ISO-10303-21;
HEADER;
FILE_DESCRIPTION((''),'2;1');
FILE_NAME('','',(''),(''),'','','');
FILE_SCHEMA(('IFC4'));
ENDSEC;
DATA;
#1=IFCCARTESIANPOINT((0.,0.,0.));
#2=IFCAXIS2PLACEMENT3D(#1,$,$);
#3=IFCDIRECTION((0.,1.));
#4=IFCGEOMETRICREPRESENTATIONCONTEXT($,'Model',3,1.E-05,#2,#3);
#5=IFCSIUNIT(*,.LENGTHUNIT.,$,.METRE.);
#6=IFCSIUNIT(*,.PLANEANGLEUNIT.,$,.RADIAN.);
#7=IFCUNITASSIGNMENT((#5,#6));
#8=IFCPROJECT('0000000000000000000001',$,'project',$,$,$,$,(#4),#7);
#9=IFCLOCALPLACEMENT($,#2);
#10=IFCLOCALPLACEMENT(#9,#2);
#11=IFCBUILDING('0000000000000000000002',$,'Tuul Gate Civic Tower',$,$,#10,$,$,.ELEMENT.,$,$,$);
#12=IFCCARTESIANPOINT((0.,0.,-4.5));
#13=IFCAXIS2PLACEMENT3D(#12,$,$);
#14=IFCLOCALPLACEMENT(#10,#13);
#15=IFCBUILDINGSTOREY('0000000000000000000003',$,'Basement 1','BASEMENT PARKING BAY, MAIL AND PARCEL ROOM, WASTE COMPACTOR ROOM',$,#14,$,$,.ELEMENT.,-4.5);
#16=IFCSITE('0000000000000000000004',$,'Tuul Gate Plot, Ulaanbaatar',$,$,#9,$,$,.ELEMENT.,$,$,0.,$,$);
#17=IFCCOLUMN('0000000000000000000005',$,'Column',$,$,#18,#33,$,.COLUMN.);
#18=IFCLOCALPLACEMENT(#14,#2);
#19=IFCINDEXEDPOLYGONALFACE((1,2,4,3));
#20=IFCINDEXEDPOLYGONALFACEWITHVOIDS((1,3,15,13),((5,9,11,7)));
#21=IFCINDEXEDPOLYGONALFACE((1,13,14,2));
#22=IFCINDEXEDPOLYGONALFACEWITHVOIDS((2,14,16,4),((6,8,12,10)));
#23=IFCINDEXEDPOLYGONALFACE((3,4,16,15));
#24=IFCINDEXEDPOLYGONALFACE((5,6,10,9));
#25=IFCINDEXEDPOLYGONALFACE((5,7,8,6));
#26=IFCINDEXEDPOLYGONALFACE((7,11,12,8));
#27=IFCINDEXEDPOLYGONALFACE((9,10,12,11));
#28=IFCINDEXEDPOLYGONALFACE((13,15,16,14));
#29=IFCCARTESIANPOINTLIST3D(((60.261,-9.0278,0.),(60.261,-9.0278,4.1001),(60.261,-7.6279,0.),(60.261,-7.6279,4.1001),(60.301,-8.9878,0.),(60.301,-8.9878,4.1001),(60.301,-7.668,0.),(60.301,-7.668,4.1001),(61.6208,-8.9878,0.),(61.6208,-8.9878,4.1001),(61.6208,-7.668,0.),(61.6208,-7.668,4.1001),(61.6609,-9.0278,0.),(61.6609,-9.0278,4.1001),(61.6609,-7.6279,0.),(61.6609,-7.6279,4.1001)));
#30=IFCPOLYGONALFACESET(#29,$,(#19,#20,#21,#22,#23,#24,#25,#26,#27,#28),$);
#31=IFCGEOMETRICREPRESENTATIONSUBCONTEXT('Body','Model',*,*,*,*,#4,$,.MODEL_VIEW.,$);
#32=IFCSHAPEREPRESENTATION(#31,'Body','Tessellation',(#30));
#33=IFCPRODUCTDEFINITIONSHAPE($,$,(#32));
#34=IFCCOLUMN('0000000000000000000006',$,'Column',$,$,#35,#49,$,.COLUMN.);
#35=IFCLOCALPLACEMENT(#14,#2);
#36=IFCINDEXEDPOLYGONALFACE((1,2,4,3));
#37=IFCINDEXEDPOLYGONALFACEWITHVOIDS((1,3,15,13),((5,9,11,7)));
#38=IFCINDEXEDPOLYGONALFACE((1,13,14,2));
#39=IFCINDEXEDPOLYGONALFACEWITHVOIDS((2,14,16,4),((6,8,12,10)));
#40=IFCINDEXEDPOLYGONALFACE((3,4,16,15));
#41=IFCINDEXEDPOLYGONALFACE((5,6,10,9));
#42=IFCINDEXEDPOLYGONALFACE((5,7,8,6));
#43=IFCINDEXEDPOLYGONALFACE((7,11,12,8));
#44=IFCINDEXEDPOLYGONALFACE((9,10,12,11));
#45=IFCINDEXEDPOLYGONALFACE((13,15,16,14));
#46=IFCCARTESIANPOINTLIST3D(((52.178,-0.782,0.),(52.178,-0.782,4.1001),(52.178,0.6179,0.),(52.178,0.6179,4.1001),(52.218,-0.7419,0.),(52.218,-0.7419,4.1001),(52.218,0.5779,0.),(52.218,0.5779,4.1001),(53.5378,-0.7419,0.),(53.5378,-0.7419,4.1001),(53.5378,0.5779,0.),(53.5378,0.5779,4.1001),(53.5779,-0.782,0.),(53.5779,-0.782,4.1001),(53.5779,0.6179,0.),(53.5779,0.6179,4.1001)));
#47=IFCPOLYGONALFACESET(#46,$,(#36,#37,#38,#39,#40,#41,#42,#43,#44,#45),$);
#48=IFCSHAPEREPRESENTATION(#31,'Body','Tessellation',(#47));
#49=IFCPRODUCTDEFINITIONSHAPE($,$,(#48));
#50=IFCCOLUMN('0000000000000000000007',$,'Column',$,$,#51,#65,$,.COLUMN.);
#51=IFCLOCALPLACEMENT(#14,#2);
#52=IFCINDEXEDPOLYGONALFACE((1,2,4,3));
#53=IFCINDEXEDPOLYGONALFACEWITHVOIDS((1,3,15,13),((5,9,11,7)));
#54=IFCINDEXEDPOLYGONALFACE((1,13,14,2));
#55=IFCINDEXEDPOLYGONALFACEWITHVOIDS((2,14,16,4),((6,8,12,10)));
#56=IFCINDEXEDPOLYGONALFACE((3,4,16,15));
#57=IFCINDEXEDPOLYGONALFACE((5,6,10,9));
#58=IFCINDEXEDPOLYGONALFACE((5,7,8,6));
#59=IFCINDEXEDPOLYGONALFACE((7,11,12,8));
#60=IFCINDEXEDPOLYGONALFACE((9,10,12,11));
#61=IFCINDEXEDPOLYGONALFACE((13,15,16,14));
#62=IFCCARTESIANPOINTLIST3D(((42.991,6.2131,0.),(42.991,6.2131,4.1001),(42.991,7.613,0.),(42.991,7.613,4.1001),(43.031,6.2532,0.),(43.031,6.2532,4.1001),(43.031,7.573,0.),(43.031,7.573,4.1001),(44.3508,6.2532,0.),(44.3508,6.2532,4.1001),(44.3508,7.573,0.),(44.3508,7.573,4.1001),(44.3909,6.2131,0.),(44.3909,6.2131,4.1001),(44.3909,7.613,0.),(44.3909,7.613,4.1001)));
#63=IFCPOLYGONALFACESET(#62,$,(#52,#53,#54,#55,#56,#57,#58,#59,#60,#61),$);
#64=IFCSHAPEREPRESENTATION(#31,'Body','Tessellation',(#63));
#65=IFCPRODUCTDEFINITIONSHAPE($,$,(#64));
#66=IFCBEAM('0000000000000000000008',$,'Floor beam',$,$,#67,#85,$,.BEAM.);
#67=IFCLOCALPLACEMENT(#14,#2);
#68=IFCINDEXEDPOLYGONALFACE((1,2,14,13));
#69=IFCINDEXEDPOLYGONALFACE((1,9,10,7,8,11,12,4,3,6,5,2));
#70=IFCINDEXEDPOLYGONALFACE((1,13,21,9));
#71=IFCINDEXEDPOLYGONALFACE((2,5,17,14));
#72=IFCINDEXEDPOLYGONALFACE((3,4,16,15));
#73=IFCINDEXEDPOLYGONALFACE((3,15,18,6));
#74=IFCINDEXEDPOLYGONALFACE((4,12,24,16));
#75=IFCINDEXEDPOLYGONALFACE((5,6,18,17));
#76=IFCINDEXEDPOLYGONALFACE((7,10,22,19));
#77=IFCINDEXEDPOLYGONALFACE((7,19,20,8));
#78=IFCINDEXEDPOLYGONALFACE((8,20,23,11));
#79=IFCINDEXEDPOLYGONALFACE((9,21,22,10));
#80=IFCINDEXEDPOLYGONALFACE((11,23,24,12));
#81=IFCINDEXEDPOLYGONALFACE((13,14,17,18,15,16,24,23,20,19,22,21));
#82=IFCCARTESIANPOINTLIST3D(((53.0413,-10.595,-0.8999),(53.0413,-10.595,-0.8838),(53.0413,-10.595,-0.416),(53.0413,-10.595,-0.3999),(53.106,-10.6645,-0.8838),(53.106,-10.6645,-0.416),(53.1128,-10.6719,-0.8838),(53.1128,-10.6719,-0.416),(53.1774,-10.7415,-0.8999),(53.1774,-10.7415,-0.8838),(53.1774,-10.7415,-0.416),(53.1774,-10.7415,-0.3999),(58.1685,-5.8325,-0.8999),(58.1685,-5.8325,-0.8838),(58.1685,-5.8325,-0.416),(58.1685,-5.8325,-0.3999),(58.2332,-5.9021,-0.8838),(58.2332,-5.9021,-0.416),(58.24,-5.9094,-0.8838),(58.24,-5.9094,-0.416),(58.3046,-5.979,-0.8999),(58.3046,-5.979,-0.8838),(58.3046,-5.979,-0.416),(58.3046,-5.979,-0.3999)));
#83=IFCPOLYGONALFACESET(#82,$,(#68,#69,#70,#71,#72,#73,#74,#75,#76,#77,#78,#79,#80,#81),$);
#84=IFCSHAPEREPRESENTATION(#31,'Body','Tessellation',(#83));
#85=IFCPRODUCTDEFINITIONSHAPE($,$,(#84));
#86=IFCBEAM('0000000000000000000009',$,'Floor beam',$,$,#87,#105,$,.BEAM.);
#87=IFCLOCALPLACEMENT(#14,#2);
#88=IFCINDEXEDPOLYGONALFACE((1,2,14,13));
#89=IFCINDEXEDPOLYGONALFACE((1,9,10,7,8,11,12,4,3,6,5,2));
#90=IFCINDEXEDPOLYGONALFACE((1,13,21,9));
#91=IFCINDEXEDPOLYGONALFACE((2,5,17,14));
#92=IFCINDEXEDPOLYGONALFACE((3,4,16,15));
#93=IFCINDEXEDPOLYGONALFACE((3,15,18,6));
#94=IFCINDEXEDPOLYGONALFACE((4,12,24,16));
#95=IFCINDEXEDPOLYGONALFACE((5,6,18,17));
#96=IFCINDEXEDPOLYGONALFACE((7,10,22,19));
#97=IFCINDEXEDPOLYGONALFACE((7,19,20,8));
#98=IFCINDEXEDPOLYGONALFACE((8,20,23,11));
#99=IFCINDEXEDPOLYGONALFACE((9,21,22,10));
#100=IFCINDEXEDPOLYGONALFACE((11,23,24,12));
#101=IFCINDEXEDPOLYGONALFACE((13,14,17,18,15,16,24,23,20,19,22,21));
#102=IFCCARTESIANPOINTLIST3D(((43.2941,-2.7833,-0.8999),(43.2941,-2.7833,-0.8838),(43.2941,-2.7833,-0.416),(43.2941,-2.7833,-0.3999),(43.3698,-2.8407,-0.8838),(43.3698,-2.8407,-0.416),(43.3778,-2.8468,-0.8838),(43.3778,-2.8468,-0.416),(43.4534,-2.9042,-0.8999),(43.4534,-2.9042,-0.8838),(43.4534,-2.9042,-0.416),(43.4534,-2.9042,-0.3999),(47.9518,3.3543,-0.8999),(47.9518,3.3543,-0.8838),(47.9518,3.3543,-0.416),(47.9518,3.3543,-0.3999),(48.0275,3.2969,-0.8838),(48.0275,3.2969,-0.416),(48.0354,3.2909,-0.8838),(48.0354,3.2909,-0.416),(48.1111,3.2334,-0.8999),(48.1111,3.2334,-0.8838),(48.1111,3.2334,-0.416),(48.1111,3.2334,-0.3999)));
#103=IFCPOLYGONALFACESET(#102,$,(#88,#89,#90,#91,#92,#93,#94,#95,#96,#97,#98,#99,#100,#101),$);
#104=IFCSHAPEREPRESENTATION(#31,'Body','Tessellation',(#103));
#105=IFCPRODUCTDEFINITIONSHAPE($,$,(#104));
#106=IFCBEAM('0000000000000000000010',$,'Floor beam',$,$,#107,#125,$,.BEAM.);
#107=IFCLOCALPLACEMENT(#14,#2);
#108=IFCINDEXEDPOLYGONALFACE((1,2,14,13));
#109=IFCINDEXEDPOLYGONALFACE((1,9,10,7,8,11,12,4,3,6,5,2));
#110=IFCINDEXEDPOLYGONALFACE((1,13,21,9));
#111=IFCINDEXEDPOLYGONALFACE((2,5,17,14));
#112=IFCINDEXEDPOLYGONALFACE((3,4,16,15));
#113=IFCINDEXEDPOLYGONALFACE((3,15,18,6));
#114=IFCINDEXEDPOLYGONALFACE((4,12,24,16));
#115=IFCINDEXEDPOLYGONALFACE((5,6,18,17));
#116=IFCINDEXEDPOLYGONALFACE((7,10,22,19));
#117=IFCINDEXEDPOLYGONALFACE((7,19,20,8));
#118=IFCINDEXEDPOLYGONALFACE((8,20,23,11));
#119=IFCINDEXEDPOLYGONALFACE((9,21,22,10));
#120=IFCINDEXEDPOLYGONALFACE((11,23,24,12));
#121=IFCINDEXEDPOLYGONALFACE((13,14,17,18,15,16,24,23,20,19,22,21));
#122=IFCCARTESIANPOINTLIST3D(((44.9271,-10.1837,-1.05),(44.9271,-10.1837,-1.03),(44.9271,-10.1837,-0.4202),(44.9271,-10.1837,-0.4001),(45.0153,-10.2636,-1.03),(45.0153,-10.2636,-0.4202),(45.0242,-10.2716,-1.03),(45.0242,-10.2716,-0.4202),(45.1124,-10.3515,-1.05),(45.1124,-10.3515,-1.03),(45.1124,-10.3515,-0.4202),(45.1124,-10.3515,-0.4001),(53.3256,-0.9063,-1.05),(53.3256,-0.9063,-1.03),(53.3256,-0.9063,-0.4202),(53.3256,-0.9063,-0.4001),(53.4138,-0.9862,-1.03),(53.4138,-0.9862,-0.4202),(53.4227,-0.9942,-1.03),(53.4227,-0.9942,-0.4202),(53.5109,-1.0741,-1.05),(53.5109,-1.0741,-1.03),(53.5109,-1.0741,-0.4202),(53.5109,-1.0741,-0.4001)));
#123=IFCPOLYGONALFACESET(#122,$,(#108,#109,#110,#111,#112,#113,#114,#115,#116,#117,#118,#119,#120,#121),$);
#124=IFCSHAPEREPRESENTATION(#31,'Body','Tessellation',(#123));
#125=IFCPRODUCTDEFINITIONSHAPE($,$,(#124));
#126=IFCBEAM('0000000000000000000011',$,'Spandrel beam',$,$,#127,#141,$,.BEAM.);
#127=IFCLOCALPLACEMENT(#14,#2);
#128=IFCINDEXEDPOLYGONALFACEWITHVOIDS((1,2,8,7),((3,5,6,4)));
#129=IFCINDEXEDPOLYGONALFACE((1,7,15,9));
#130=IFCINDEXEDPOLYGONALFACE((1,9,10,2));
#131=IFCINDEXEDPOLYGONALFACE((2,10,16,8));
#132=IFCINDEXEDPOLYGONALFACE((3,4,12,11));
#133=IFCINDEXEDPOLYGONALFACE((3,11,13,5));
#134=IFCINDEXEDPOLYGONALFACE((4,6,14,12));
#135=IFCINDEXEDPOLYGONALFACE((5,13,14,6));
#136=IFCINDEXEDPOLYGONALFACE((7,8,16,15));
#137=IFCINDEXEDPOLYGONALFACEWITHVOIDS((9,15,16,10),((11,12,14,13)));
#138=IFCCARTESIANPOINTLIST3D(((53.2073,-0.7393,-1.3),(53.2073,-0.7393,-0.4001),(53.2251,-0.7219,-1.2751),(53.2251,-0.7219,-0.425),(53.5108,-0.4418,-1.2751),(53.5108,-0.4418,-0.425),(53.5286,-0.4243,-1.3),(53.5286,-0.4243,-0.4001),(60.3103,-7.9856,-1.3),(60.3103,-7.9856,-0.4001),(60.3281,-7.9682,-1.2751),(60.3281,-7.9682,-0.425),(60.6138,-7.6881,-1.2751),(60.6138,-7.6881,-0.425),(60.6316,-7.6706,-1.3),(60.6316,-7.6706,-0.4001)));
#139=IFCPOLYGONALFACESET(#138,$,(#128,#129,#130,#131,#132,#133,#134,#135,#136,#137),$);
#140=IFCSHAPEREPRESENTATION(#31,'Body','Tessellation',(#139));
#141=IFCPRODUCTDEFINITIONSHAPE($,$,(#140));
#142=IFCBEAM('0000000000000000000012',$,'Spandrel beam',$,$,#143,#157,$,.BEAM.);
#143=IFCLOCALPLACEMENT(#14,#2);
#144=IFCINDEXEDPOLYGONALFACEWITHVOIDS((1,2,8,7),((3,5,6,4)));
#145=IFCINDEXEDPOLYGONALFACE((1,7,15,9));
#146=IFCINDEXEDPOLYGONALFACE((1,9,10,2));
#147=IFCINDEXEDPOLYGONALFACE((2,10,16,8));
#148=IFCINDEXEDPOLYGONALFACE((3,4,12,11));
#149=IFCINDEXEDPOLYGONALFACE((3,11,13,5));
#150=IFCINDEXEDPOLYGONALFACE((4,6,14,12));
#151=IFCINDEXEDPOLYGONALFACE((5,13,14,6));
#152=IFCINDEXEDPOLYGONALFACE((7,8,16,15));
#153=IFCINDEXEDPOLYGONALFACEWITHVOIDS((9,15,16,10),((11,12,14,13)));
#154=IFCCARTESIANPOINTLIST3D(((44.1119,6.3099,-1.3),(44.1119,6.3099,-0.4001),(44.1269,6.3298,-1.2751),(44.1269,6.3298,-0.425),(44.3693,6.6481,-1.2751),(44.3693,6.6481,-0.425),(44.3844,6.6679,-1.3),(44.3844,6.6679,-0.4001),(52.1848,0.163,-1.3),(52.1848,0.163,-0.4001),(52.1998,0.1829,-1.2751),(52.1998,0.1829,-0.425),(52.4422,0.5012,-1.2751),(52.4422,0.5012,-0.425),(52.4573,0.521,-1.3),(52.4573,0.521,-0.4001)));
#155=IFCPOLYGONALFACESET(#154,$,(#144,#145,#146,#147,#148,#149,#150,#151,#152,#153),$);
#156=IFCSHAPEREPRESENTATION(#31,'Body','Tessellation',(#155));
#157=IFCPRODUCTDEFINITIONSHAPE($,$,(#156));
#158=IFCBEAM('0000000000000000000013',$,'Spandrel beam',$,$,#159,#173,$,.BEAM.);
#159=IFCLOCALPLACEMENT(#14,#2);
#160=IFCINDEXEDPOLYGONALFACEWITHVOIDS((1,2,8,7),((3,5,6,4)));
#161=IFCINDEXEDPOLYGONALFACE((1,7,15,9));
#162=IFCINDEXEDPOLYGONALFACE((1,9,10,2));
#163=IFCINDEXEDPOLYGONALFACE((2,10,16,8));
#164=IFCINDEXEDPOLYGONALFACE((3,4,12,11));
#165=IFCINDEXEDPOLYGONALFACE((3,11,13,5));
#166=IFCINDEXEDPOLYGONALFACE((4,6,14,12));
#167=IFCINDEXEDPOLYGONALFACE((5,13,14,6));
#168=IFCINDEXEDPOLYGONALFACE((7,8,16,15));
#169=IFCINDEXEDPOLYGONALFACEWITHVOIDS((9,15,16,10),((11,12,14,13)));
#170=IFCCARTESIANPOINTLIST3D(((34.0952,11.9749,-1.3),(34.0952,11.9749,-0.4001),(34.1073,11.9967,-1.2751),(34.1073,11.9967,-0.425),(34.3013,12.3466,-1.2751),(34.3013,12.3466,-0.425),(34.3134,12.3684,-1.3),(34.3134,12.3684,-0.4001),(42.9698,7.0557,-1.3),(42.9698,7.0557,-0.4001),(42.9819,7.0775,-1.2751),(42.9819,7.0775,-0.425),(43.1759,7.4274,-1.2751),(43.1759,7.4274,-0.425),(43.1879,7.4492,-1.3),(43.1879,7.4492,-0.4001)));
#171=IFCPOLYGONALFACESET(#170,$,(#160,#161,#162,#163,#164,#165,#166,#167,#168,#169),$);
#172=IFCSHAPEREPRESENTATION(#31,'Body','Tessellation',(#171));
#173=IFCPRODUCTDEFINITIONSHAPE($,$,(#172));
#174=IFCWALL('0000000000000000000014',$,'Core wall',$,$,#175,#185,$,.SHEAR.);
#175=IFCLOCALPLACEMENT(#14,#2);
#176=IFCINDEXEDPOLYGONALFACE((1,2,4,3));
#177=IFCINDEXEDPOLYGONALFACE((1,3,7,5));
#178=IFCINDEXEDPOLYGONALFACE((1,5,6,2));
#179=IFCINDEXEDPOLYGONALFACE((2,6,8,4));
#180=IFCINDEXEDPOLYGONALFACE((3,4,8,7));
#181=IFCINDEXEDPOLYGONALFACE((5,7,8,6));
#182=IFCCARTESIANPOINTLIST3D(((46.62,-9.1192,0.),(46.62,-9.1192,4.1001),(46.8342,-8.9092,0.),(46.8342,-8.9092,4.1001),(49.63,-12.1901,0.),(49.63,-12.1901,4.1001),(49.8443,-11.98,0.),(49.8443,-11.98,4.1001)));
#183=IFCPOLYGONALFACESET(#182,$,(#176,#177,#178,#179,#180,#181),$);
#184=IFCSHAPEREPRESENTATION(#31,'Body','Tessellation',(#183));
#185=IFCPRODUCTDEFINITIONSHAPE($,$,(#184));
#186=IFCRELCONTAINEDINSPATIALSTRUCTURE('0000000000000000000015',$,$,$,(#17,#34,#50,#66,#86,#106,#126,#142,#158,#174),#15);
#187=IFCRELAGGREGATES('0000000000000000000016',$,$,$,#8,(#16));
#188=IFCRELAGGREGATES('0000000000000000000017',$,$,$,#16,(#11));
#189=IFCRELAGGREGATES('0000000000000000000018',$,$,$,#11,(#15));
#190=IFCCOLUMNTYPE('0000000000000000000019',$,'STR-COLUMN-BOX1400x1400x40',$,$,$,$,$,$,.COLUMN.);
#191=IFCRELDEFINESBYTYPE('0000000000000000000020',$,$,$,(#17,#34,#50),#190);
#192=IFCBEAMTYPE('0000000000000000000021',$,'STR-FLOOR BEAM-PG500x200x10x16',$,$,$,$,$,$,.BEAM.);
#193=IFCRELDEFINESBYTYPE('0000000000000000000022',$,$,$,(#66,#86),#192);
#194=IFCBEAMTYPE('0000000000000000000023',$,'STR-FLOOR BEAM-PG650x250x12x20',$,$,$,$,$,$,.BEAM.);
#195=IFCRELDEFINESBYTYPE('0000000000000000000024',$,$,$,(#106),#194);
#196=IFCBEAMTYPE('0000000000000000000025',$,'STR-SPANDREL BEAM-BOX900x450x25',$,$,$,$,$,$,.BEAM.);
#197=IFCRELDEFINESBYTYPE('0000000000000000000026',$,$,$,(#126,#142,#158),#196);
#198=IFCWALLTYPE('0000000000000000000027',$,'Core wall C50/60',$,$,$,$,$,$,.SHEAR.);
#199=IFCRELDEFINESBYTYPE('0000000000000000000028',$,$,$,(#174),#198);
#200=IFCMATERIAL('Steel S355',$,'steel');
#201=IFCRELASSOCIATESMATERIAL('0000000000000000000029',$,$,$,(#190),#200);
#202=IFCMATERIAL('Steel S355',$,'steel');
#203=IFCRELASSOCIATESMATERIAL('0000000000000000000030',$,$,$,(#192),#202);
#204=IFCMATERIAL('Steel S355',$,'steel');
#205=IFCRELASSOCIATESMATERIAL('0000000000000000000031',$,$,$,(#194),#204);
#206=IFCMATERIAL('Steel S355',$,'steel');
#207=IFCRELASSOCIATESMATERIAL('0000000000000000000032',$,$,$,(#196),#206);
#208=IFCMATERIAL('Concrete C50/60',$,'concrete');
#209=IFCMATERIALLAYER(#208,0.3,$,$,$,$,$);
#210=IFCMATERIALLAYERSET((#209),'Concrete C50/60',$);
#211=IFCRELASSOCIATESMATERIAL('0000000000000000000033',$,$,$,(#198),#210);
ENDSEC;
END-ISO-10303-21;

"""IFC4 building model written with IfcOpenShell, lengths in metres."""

from ifc_helpers import new_model, si_unit, direction, frame, frame_2d, origin, origin_2d, place, context, subcontext, project, spatial, rectangle, hollow_rectangle, i_section, extrude, material, layer, layer_set, material_profile, profile_set, type_object, element, save


model = new_model("IFC4")

# Units and contexts
model_context = context("Model", 3, precision=1e-05, world=origin(), true_north=direction((0.0, 1.0)))
body_context = subcontext(model_context, "Body", "Model", "MODEL_VIEW")
ifc_project = project(units=[si_unit("LENGTHUNIT", "METRE"), si_unit("PLANEANGLEUNIT", "RADIAN")], contexts=[model_context])

# Site, building, storey
site_placement = place(None, origin())
site = spatial("IfcSite", under=ifc_project, at=site_placement, Name="Tuul Gate Plot, Ulaanbaatar", CompositionType="ELEMENT", RefElevation=0.0)
building_placement = place(site_placement, origin())
building = spatial("IfcBuilding", under=site, at=building_placement, Name="Tuul Gate Civic Tower", CompositionType="ELEMENT")
storey_placement = place(building_placement, frame((0.0, 0.0, -4.5)))
storey = spatial("IfcBuildingStorey", under=building, at=storey_placement, Name="Basement 1", Description="BASEMENT PARKING BAY, MAIL AND PARCEL ROOM, WASTE COMPACTOR ROOM", CompositionType="ELEMENT", Elevation=-4.5)

# Columns
ifc_material_1 = material(Name="Steel S355", Category="steel")
ifc_material_profile_1 = material_profile(ifc_material_1, hollow_rectangle(XDim=1.3999, YDim=1.3999, WallThickness=0.04, at=origin_2d()), Name="BOX1400x1400x40")
ifc_profile_set_1 = profile_set([ifc_material_profile_1], Name="Steel S355")
column_type = type_object("IfcColumnType", Name="STR-COLUMN-BOX1400x1400x40", PredefinedType="COLUMN", material=ifc_profile_set_1)
for number, where, z_axis, x_axis, name in (
    (1, (60.9609, -8.3279, 0.0), (0.0, 0.0, 1.0), (1.0, 0.0, 0.0), "Column"),
    (2, (52.8779, -0.082, 0.0), (0.0, 0.0, 1.0), (1.0, 0.0, 0.0), "Column"),
    (3, (43.6909, 6.9131, 0.0), (0.0, 0.0, 1.0), (1.0, 0.0, 0.0), "Column"),
):
    element("IfcColumn", number, at=place(storey_placement, frame(where, z_axis=z_axis, x_axis=x_axis)), inside=storey, type_object=column_type, Name=name, PredefinedType="COLUMN", context=body_context, shape_type="SweptSolid", body=[
        extrude(hollow_rectangle(XDim=1.3999, YDim=1.3999, WallThickness=0.04, at=origin_2d()), origin(), (0.0, 0.0, 1.0), 4.1001),
    ])

# Beams
ifc_material_2 = material(Name="Steel S355", Category="steel")
ifc_material_profile_2 = material_profile(ifc_material_2, i_section(OverallWidth=0.2, OverallDepth=0.5, WebThickness=0.01, FlangeThickness=0.0161, at=origin_2d()), Name="PG500x200x10x16")
ifc_profile_set_2 = profile_set([ifc_material_profile_2], Name="Steel S355")
beam_type_1 = type_object("IfcBeamType", Name="STR-FLOOR BEAM-PG500x200x10x16", PredefinedType="BEAM", material=ifc_profile_set_2)
beam_1_placement = place(storey_placement, frame((53.1094, -10.6682, -0.6499), z_axis=(0.732688, 0.680565, 0.0), x_axis=(-0.680565, 0.732688, 0.0)))
element("IfcBeam", 4, at=beam_1_placement, inside=storey, type_object=beam_type_1, Name="Floor beam", PredefinedType="BEAM", context=body_context, shape_type="SweptSolid", body=[
    extrude(i_section(OverallWidth=0.2, OverallDepth=0.5, WebThickness=0.01, FlangeThickness=0.0161, at=origin_2d()), origin(), (0.0, 0.0, 1.0), 6.9978),
])
beam_2_placement = place(storey_placement, frame((43.3738, -2.8438, -0.6499), z_axis=(0.604513, 0.796596, 0.0), x_axis=(-0.796596, 0.604513, 0.0)))
element("IfcBeam", 5, at=beam_2_placement, inside=storey, type_object=beam_type_1, Name="Floor beam", PredefinedType="BEAM", context=body_context, shape_type="SweptSolid", body=[
    extrude(i_section(OverallWidth=0.2, OverallDepth=0.5, WebThickness=0.01, FlangeThickness=0.0161, at=origin_2d()), origin(), (0.0, 0.0, 1.0), 7.7048),
])
ifc_material_3 = material(Name="Steel S355", Category="steel")
ifc_material_profile_3 = material_profile(ifc_material_3, i_section(OverallWidth=0.25, OverallDepth=0.6499, WebThickness=0.012, FlangeThickness=0.02, at=origin_2d()), Name="PG650x250x12x20")
ifc_profile_set_3 = profile_set([ifc_material_profile_3], Name="Steel S355")
beam_type_2 = type_object("IfcBeamType", Name="STR-FLOOR BEAM-PG650x250x12x20", PredefinedType="BEAM", material=ifc_profile_set_3)
beam_3_placement = place(storey_placement, frame((45.0198, -10.2676, -0.7251), z_axis=(0.671118, 0.741351, 0.0), x_axis=(-0.741351, 0.671118, 0.0)))
element("IfcBeam", 6, at=beam_3_placement, inside=storey, type_object=beam_type_2, Name="Floor beam", PredefinedType="BEAM", context=body_context, shape_type="SweptSolid", body=[
    extrude(i_section(OverallWidth=0.25, OverallDepth=0.6499, WebThickness=0.012, FlangeThickness=0.02, at=origin_2d()), origin(), (0.0, 0.0, 1.0), 12.5142),
])
ifc_material_4 = material(Name="Steel S355", Category="steel")
ifc_material_profile_4 = material_profile(ifc_material_4, hollow_rectangle(XDim=0.45, YDim=0.8999, WallThickness=0.0249, at=origin_2d()), Name="BOX900x450x25")
ifc_profile_set_4 = profile_set([ifc_material_profile_4], Name="Steel S355")
beam_type_3 = type_object("IfcBeamType", Name="STR-SPANDREL BEAM-BOX900x450x25", PredefinedType="BEAM", material=ifc_profile_set_4)
beam_4_placement = place(storey_placement, frame((60.4709, -7.8281, -0.8501), z_axis=(-0.70001, 0.714133, 0.0), x_axis=(-0.714133, -0.70001, 0.0)))
element("IfcBeam", 7, at=beam_4_placement, inside=storey, type_object=beam_type_3, Name="Spandrel beam", PredefinedType="BEAM", context=body_context, shape_type="SweptSolid", body=[
    extrude(hollow_rectangle(XDim=0.45, YDim=0.8999, WallThickness=0.0249, at=origin_2d()), origin(), (0.0, 0.0, 1.0), 10.147),
])
for number, where, z_axis, x_axis, name in (
    (8, (52.321, 0.342, -0.8501), (-0.795616, 0.605801, 0.0), (-0.605801, -0.795616, 0.0), "Spandrel beam"),
    (9, (43.0789, 7.2524, -0.8501), (-0.874621, 0.484807, 0.0), (-0.484807, -0.874621, 0.0), "Spandrel beam"),
):
    element("IfcBeam", number, at=place(storey_placement, frame(where, z_axis=z_axis, x_axis=x_axis)), inside=storey, type_object=beam_type_3, Name=name, PredefinedType="BEAM", context=body_context, shape_type="SweptSolid", body=[
        extrude(hollow_rectangle(XDim=0.45, YDim=0.8999, WallThickness=0.0249, at=origin_2d()), origin(), (0.0, 0.0, 1.0), 10.1467),
    ])

# Wall
ifc_material_5 = material(Name="Concrete C50/60", Category="concrete")
ifc_layer_1 = layer(ifc_material_5, 0.3)
ifc_layer_set_1 = layer_set([ifc_layer_1], Name="Concrete C50/60")
wall_type_1 = type_object("IfcWallType", Name="Core wall C50/60", PredefinedType="SHEAR", material=ifc_layer_set_1)
wall_1_placement = place(storey_placement, frame((49.7371, -12.085, 0.0), z_axis=(0.0, 0.0, 1.0), x_axis=(-0.700003, 0.71414, 0.0)))
element("IfcWall", 10, at=wall_1_placement, inside=storey, type_object=wall_type_1, Name="Core wall", PredefinedType="SHEAR", context=body_context, shape_type="SweptSolid", body=[
    extrude(rectangle(XDim=4.3, YDim=0.3, at=frame_2d((2.1499, 0.0))), origin(), (0.0, 0.0, 1.0), 4.1001),
])

save(model, "model.ifc")
